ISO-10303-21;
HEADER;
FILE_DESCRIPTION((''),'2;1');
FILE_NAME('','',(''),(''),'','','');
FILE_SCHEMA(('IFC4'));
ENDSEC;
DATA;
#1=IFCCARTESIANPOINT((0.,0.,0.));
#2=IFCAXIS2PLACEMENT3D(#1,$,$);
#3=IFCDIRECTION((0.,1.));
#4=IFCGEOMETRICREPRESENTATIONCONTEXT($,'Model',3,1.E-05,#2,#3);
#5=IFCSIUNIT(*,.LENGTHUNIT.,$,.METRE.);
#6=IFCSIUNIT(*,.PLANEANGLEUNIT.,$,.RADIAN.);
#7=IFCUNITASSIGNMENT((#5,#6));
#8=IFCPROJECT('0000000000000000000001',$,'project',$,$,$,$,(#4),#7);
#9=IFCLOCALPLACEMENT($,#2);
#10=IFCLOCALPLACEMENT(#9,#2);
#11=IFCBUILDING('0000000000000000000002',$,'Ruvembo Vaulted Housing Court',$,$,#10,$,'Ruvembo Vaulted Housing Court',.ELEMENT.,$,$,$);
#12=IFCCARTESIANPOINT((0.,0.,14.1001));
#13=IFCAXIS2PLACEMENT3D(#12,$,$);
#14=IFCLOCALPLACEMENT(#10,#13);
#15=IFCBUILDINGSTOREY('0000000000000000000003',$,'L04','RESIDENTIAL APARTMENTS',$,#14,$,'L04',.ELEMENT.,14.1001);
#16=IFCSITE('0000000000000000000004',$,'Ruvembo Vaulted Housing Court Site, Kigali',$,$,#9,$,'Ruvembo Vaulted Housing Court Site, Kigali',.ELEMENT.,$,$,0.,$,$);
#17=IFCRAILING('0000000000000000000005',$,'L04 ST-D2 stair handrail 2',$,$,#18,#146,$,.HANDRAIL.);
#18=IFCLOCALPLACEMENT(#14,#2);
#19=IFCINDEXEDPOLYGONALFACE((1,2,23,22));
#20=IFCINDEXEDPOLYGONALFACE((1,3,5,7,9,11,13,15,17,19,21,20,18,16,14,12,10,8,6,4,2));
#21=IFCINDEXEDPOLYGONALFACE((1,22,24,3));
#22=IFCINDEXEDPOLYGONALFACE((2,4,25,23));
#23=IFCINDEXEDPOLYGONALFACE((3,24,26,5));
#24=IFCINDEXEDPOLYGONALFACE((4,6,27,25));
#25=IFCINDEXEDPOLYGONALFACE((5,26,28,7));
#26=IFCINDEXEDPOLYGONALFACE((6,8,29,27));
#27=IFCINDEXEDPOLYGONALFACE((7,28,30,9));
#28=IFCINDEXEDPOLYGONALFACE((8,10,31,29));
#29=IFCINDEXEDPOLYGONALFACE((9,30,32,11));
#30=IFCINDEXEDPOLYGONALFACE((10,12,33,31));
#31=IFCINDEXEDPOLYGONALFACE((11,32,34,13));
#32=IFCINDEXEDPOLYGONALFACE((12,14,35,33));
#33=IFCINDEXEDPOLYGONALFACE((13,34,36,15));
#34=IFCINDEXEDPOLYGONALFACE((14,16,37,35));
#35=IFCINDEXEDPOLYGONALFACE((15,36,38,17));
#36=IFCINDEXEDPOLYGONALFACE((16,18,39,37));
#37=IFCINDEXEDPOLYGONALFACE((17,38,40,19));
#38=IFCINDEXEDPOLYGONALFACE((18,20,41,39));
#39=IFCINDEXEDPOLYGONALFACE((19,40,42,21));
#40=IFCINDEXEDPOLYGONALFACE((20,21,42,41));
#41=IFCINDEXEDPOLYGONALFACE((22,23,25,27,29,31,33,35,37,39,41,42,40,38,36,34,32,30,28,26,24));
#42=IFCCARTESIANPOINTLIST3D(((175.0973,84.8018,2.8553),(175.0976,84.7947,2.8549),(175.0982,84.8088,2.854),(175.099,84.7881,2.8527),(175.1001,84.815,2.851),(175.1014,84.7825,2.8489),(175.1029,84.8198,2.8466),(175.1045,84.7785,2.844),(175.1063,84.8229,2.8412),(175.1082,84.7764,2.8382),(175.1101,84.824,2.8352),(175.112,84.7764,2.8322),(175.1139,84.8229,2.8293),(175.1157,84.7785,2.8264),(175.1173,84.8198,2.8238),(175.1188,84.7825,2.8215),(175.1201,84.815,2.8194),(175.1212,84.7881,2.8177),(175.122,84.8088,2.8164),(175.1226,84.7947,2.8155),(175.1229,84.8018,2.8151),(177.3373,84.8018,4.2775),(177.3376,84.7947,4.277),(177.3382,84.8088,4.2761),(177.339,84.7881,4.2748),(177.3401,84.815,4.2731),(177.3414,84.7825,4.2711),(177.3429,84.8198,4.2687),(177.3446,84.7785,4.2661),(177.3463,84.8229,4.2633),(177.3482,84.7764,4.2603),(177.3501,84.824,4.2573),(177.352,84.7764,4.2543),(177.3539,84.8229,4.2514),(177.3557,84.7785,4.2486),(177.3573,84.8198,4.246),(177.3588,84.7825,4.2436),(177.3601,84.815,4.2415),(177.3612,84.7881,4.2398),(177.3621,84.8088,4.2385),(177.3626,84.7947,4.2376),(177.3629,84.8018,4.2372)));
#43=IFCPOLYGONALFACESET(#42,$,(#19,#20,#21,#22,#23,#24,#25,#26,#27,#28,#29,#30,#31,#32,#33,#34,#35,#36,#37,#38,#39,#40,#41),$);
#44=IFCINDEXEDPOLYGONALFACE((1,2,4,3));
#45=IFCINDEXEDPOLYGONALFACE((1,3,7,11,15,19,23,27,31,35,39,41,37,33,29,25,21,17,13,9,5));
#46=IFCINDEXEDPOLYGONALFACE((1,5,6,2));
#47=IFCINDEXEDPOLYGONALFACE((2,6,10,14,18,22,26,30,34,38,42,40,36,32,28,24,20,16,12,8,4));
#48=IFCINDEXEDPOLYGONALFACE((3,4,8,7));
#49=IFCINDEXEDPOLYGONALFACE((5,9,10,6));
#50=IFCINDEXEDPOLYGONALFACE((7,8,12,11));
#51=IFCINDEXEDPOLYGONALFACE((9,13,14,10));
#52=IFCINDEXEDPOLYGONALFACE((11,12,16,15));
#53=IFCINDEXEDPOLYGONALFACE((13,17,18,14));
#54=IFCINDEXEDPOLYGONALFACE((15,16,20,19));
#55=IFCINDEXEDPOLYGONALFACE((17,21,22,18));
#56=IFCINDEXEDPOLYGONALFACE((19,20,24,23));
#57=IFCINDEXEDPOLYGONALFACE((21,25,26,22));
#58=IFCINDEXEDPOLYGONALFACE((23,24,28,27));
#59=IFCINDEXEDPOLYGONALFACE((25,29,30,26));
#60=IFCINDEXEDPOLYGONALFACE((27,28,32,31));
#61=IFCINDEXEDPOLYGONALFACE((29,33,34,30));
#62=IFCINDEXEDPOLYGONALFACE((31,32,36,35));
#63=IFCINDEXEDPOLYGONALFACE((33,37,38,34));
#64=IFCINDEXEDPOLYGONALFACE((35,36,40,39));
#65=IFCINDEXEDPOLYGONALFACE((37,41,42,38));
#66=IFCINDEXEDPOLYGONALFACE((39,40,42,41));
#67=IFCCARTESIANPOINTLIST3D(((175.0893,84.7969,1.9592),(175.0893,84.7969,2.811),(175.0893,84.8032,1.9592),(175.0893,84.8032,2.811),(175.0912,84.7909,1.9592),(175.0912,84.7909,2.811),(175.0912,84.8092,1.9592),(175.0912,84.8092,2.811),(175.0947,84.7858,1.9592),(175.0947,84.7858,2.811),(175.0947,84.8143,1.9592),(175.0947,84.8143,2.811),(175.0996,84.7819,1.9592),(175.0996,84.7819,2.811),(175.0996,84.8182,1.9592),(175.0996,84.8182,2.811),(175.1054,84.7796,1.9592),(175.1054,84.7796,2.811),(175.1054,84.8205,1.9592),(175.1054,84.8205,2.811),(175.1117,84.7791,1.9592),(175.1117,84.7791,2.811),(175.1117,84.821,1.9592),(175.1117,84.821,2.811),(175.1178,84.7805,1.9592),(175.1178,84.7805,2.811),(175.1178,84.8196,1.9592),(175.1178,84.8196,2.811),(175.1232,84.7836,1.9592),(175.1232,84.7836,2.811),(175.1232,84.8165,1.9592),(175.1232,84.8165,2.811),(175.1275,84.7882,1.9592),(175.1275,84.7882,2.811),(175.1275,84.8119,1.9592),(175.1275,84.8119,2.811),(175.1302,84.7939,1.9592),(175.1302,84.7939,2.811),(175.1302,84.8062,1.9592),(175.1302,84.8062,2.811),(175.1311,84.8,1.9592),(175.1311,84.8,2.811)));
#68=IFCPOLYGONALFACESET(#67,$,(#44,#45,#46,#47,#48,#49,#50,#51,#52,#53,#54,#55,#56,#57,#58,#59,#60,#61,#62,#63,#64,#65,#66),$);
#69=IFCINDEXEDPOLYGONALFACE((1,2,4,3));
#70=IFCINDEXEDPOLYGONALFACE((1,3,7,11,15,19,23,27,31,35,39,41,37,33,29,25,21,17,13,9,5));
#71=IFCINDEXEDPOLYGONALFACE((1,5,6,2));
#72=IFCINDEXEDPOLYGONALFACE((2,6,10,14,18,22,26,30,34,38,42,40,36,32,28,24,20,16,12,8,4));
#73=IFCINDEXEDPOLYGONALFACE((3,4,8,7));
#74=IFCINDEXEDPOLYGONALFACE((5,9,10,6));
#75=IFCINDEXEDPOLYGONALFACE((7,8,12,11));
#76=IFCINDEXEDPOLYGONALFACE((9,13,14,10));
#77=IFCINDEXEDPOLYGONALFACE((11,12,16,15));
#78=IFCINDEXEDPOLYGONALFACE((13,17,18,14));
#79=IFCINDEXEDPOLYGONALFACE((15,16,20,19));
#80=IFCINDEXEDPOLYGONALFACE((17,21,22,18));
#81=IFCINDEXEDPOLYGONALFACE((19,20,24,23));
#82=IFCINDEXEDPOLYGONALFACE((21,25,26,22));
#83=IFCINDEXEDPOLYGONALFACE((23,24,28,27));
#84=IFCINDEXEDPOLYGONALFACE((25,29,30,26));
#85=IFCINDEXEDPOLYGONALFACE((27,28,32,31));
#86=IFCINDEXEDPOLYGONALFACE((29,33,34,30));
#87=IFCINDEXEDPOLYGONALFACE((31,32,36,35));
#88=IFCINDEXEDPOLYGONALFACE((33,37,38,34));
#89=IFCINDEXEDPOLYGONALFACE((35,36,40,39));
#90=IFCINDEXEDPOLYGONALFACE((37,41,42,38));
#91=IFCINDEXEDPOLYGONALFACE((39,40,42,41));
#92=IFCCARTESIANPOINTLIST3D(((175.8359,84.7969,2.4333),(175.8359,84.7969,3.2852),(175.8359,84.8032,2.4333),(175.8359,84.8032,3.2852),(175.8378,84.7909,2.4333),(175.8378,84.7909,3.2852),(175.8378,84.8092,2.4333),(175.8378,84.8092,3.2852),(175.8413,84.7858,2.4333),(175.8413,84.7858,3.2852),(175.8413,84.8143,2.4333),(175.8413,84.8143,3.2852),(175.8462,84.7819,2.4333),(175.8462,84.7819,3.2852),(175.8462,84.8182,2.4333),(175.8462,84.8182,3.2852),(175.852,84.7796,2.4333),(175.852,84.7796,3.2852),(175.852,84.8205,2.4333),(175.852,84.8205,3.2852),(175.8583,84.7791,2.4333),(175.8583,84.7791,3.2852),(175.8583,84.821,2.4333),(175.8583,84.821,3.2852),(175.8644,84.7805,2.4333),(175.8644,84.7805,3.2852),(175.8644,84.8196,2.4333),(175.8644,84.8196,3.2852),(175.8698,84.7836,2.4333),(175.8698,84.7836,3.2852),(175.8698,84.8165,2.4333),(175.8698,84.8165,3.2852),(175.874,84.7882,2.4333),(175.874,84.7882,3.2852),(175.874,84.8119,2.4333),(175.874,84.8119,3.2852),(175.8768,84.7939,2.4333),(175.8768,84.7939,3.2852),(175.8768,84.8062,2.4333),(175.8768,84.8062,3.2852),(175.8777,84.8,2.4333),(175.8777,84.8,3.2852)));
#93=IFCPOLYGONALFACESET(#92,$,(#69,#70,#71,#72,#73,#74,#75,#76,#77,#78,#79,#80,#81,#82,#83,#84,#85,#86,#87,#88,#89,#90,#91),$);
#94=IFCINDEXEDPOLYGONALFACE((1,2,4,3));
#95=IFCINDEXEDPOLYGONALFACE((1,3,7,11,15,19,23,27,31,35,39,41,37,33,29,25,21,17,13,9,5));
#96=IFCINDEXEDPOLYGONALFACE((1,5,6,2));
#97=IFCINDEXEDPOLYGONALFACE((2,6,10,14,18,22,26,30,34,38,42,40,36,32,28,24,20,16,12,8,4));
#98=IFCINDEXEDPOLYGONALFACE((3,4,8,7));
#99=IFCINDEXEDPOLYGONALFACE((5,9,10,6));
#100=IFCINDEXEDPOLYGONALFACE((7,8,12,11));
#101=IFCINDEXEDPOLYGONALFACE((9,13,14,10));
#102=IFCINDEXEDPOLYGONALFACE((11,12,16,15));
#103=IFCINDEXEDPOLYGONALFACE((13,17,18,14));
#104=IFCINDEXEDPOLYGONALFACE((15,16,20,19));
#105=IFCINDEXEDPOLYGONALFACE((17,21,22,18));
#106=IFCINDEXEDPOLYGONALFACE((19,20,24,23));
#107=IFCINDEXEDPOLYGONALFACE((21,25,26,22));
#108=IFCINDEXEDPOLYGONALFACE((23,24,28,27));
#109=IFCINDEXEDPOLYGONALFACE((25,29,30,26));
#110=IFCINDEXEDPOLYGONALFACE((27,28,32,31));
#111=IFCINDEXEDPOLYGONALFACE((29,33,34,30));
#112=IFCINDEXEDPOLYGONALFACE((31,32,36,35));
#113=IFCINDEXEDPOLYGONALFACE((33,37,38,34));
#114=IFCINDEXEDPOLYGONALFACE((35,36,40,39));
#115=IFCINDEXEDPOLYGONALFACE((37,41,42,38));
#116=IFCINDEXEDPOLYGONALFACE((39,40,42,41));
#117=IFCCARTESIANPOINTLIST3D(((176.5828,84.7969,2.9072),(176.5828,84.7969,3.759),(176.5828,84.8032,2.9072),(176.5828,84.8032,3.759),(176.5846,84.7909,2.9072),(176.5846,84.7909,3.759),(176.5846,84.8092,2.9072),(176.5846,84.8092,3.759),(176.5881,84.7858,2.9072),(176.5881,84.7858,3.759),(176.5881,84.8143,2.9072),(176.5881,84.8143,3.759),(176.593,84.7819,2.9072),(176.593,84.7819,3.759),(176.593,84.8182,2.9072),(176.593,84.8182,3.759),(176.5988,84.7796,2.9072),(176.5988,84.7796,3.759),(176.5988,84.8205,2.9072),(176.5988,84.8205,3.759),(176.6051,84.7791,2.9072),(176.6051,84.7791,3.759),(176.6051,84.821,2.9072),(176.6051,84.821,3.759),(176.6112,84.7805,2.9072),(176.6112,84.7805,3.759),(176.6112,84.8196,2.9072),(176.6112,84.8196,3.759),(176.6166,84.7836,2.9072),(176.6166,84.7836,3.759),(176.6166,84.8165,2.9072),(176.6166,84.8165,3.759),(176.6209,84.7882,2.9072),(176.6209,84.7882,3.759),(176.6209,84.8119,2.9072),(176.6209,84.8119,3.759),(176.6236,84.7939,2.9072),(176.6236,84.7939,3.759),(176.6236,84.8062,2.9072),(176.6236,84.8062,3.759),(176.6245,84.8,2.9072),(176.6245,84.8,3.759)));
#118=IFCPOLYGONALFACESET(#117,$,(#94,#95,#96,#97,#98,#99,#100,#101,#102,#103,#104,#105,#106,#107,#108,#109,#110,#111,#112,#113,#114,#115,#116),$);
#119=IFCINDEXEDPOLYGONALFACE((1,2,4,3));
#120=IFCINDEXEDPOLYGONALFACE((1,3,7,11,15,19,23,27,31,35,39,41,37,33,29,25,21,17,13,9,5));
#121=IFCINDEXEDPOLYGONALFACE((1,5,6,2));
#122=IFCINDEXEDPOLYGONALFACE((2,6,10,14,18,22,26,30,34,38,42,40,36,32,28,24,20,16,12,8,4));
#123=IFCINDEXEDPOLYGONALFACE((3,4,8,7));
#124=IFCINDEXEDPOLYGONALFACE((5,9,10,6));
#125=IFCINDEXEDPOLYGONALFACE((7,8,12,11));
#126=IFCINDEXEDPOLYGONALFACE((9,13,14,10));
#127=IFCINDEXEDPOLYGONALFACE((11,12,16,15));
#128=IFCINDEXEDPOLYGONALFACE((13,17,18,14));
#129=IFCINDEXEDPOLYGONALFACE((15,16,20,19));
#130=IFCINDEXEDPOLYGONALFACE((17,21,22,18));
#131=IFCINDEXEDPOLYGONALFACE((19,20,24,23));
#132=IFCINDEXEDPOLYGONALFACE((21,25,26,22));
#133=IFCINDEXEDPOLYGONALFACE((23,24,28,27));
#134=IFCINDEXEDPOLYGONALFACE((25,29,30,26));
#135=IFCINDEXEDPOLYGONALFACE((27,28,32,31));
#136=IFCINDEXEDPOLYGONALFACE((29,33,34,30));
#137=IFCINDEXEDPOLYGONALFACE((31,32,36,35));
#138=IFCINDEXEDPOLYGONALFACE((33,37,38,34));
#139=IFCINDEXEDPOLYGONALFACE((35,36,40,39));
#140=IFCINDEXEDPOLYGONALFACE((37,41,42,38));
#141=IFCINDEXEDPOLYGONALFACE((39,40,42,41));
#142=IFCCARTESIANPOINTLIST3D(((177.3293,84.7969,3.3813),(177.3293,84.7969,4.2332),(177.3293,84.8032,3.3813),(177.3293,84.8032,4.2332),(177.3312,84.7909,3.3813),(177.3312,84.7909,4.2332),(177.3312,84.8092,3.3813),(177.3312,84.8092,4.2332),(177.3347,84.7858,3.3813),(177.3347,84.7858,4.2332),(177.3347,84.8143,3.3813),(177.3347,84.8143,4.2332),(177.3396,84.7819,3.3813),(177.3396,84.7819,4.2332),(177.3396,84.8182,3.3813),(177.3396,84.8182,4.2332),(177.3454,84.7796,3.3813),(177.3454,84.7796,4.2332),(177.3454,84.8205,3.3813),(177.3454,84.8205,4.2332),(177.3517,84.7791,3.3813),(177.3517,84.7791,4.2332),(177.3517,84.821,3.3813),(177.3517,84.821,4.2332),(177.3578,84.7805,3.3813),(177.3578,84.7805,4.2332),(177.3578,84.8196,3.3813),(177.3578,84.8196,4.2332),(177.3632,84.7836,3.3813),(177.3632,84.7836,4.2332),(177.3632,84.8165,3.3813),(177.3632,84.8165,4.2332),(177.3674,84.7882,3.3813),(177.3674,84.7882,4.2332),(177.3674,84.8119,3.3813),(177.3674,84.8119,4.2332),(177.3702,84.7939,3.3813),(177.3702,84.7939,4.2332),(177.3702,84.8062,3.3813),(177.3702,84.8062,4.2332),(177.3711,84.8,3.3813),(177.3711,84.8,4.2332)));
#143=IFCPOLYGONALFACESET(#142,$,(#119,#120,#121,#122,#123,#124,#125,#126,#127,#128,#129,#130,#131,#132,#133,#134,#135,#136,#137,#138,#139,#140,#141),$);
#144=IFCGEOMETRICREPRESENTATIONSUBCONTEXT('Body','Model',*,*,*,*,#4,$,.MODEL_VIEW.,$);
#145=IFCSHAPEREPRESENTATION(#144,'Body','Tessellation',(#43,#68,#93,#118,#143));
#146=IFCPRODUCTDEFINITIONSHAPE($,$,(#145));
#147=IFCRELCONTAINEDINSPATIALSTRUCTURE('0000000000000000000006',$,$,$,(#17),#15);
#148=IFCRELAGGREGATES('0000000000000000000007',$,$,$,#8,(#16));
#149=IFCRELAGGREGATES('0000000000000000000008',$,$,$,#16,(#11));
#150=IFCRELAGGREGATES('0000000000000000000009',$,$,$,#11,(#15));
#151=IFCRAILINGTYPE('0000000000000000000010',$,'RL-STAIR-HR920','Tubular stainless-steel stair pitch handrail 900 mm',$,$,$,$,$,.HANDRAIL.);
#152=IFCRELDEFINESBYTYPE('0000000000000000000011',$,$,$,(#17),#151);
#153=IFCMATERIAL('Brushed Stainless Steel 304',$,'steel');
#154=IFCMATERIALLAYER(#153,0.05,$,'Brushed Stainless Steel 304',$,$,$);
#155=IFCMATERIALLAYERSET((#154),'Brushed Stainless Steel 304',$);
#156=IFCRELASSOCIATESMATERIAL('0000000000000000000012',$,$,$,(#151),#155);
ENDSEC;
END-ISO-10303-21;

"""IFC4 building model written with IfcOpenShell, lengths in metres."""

from ifc_helpers import new_model, si_unit, direction, frame, origin, origin_2d, place, context, subcontext, project, spatial, circle, extrude, material, layer, layer_set, type_object, element, save


model = new_model("IFC4")

# Units and contexts
model_context = context("Model", 3, precision=1e-05, world=origin(), true_north=direction((0.0, 1.0)))
body_context = subcontext(model_context, "Body", "Model", "MODEL_VIEW")
ifc_project = project(units=[si_unit("LENGTHUNIT", "METRE"), si_unit("PLANEANGLEUNIT", "RADIAN")], contexts=[model_context])

# Site, building, storey
site_placement = place(None, origin())
site = spatial("IfcSite", under=ifc_project, at=site_placement, Name="Ruvembo Vaulted Housing Court Site, Kigali", LongName="Ruvembo Vaulted Housing Court Site, Kigali", CompositionType="ELEMENT", RefElevation=0.0)
building_placement = place(site_placement, origin())
building = spatial("IfcBuilding", under=site, at=building_placement, Name="Ruvembo Vaulted Housing Court", LongName="Ruvembo Vaulted Housing Court", CompositionType="ELEMENT")
storey_placement = place(building_placement, frame((0.0, 0.0, 14.1001)))
storey = spatial("IfcBuildingStorey", under=building, at=storey_placement, Name="L04", Description="RESIDENTIAL APARTMENTS", LongName="L04", CompositionType="ELEMENT", Elevation=14.1001)

# Railing
ifc_material_1 = material(Name="Brushed Stainless Steel 304", Category="steel")
ifc_layer_1 = layer(ifc_material_1, 0.05, Name="Brushed Stainless Steel 304")
ifc_layer_set_1 = layer_set([ifc_layer_1], Name="Brushed Stainless Steel 304")
railing_type_1 = type_object("IfcRailingType", Name="RL-STAIR-HR920", Description="Tubular stainless-steel stair pitch handrail 900 mm", PredefinedType="HANDRAIL", material=ifc_layer_set_1)
railing_1_placement = place(storey_placement, frame((175.1101, 84.8, 1.9592)))
element("IfcRailing", 1, at=railing_1_placement, inside=storey, type_object=railing_type_1, Name="L04 ST-D2 stair handrail 2", PredefinedType="HANDRAIL", context=body_context, shape_type="SweptSolid", body=[
    extrude(circle(Radius=0.0239, at=origin_2d()), frame((0.0, 0.0, 0.876), z_axis=(0.844229, 0.0, 0.535982), x_axis=(0.0, 1.0, 0.0)), (0.0, 0.0, 1.0), 2.6533),
    extrude(circle(Radius=0.021, at=origin_2d()), origin(), (0.0, 0.0, 1.0), 0.8518),
    extrude(circle(Radius=0.021, at=origin_2d()), frame((0.7466, 0.0, 0.4741)), (0.0, 0.0, 1.0), 0.8518),
    extrude(circle(Radius=0.021, at=origin_2d()), frame((1.4934, 0.0, 0.948)), (0.0, 0.0, 1.0), 0.8518),
    extrude(circle(Radius=0.021, at=origin_2d()), frame((2.24, 0.0, 1.4221)), (0.0, 0.0, 1.0), 0.8518),
])

save(model, "model.ifc")
